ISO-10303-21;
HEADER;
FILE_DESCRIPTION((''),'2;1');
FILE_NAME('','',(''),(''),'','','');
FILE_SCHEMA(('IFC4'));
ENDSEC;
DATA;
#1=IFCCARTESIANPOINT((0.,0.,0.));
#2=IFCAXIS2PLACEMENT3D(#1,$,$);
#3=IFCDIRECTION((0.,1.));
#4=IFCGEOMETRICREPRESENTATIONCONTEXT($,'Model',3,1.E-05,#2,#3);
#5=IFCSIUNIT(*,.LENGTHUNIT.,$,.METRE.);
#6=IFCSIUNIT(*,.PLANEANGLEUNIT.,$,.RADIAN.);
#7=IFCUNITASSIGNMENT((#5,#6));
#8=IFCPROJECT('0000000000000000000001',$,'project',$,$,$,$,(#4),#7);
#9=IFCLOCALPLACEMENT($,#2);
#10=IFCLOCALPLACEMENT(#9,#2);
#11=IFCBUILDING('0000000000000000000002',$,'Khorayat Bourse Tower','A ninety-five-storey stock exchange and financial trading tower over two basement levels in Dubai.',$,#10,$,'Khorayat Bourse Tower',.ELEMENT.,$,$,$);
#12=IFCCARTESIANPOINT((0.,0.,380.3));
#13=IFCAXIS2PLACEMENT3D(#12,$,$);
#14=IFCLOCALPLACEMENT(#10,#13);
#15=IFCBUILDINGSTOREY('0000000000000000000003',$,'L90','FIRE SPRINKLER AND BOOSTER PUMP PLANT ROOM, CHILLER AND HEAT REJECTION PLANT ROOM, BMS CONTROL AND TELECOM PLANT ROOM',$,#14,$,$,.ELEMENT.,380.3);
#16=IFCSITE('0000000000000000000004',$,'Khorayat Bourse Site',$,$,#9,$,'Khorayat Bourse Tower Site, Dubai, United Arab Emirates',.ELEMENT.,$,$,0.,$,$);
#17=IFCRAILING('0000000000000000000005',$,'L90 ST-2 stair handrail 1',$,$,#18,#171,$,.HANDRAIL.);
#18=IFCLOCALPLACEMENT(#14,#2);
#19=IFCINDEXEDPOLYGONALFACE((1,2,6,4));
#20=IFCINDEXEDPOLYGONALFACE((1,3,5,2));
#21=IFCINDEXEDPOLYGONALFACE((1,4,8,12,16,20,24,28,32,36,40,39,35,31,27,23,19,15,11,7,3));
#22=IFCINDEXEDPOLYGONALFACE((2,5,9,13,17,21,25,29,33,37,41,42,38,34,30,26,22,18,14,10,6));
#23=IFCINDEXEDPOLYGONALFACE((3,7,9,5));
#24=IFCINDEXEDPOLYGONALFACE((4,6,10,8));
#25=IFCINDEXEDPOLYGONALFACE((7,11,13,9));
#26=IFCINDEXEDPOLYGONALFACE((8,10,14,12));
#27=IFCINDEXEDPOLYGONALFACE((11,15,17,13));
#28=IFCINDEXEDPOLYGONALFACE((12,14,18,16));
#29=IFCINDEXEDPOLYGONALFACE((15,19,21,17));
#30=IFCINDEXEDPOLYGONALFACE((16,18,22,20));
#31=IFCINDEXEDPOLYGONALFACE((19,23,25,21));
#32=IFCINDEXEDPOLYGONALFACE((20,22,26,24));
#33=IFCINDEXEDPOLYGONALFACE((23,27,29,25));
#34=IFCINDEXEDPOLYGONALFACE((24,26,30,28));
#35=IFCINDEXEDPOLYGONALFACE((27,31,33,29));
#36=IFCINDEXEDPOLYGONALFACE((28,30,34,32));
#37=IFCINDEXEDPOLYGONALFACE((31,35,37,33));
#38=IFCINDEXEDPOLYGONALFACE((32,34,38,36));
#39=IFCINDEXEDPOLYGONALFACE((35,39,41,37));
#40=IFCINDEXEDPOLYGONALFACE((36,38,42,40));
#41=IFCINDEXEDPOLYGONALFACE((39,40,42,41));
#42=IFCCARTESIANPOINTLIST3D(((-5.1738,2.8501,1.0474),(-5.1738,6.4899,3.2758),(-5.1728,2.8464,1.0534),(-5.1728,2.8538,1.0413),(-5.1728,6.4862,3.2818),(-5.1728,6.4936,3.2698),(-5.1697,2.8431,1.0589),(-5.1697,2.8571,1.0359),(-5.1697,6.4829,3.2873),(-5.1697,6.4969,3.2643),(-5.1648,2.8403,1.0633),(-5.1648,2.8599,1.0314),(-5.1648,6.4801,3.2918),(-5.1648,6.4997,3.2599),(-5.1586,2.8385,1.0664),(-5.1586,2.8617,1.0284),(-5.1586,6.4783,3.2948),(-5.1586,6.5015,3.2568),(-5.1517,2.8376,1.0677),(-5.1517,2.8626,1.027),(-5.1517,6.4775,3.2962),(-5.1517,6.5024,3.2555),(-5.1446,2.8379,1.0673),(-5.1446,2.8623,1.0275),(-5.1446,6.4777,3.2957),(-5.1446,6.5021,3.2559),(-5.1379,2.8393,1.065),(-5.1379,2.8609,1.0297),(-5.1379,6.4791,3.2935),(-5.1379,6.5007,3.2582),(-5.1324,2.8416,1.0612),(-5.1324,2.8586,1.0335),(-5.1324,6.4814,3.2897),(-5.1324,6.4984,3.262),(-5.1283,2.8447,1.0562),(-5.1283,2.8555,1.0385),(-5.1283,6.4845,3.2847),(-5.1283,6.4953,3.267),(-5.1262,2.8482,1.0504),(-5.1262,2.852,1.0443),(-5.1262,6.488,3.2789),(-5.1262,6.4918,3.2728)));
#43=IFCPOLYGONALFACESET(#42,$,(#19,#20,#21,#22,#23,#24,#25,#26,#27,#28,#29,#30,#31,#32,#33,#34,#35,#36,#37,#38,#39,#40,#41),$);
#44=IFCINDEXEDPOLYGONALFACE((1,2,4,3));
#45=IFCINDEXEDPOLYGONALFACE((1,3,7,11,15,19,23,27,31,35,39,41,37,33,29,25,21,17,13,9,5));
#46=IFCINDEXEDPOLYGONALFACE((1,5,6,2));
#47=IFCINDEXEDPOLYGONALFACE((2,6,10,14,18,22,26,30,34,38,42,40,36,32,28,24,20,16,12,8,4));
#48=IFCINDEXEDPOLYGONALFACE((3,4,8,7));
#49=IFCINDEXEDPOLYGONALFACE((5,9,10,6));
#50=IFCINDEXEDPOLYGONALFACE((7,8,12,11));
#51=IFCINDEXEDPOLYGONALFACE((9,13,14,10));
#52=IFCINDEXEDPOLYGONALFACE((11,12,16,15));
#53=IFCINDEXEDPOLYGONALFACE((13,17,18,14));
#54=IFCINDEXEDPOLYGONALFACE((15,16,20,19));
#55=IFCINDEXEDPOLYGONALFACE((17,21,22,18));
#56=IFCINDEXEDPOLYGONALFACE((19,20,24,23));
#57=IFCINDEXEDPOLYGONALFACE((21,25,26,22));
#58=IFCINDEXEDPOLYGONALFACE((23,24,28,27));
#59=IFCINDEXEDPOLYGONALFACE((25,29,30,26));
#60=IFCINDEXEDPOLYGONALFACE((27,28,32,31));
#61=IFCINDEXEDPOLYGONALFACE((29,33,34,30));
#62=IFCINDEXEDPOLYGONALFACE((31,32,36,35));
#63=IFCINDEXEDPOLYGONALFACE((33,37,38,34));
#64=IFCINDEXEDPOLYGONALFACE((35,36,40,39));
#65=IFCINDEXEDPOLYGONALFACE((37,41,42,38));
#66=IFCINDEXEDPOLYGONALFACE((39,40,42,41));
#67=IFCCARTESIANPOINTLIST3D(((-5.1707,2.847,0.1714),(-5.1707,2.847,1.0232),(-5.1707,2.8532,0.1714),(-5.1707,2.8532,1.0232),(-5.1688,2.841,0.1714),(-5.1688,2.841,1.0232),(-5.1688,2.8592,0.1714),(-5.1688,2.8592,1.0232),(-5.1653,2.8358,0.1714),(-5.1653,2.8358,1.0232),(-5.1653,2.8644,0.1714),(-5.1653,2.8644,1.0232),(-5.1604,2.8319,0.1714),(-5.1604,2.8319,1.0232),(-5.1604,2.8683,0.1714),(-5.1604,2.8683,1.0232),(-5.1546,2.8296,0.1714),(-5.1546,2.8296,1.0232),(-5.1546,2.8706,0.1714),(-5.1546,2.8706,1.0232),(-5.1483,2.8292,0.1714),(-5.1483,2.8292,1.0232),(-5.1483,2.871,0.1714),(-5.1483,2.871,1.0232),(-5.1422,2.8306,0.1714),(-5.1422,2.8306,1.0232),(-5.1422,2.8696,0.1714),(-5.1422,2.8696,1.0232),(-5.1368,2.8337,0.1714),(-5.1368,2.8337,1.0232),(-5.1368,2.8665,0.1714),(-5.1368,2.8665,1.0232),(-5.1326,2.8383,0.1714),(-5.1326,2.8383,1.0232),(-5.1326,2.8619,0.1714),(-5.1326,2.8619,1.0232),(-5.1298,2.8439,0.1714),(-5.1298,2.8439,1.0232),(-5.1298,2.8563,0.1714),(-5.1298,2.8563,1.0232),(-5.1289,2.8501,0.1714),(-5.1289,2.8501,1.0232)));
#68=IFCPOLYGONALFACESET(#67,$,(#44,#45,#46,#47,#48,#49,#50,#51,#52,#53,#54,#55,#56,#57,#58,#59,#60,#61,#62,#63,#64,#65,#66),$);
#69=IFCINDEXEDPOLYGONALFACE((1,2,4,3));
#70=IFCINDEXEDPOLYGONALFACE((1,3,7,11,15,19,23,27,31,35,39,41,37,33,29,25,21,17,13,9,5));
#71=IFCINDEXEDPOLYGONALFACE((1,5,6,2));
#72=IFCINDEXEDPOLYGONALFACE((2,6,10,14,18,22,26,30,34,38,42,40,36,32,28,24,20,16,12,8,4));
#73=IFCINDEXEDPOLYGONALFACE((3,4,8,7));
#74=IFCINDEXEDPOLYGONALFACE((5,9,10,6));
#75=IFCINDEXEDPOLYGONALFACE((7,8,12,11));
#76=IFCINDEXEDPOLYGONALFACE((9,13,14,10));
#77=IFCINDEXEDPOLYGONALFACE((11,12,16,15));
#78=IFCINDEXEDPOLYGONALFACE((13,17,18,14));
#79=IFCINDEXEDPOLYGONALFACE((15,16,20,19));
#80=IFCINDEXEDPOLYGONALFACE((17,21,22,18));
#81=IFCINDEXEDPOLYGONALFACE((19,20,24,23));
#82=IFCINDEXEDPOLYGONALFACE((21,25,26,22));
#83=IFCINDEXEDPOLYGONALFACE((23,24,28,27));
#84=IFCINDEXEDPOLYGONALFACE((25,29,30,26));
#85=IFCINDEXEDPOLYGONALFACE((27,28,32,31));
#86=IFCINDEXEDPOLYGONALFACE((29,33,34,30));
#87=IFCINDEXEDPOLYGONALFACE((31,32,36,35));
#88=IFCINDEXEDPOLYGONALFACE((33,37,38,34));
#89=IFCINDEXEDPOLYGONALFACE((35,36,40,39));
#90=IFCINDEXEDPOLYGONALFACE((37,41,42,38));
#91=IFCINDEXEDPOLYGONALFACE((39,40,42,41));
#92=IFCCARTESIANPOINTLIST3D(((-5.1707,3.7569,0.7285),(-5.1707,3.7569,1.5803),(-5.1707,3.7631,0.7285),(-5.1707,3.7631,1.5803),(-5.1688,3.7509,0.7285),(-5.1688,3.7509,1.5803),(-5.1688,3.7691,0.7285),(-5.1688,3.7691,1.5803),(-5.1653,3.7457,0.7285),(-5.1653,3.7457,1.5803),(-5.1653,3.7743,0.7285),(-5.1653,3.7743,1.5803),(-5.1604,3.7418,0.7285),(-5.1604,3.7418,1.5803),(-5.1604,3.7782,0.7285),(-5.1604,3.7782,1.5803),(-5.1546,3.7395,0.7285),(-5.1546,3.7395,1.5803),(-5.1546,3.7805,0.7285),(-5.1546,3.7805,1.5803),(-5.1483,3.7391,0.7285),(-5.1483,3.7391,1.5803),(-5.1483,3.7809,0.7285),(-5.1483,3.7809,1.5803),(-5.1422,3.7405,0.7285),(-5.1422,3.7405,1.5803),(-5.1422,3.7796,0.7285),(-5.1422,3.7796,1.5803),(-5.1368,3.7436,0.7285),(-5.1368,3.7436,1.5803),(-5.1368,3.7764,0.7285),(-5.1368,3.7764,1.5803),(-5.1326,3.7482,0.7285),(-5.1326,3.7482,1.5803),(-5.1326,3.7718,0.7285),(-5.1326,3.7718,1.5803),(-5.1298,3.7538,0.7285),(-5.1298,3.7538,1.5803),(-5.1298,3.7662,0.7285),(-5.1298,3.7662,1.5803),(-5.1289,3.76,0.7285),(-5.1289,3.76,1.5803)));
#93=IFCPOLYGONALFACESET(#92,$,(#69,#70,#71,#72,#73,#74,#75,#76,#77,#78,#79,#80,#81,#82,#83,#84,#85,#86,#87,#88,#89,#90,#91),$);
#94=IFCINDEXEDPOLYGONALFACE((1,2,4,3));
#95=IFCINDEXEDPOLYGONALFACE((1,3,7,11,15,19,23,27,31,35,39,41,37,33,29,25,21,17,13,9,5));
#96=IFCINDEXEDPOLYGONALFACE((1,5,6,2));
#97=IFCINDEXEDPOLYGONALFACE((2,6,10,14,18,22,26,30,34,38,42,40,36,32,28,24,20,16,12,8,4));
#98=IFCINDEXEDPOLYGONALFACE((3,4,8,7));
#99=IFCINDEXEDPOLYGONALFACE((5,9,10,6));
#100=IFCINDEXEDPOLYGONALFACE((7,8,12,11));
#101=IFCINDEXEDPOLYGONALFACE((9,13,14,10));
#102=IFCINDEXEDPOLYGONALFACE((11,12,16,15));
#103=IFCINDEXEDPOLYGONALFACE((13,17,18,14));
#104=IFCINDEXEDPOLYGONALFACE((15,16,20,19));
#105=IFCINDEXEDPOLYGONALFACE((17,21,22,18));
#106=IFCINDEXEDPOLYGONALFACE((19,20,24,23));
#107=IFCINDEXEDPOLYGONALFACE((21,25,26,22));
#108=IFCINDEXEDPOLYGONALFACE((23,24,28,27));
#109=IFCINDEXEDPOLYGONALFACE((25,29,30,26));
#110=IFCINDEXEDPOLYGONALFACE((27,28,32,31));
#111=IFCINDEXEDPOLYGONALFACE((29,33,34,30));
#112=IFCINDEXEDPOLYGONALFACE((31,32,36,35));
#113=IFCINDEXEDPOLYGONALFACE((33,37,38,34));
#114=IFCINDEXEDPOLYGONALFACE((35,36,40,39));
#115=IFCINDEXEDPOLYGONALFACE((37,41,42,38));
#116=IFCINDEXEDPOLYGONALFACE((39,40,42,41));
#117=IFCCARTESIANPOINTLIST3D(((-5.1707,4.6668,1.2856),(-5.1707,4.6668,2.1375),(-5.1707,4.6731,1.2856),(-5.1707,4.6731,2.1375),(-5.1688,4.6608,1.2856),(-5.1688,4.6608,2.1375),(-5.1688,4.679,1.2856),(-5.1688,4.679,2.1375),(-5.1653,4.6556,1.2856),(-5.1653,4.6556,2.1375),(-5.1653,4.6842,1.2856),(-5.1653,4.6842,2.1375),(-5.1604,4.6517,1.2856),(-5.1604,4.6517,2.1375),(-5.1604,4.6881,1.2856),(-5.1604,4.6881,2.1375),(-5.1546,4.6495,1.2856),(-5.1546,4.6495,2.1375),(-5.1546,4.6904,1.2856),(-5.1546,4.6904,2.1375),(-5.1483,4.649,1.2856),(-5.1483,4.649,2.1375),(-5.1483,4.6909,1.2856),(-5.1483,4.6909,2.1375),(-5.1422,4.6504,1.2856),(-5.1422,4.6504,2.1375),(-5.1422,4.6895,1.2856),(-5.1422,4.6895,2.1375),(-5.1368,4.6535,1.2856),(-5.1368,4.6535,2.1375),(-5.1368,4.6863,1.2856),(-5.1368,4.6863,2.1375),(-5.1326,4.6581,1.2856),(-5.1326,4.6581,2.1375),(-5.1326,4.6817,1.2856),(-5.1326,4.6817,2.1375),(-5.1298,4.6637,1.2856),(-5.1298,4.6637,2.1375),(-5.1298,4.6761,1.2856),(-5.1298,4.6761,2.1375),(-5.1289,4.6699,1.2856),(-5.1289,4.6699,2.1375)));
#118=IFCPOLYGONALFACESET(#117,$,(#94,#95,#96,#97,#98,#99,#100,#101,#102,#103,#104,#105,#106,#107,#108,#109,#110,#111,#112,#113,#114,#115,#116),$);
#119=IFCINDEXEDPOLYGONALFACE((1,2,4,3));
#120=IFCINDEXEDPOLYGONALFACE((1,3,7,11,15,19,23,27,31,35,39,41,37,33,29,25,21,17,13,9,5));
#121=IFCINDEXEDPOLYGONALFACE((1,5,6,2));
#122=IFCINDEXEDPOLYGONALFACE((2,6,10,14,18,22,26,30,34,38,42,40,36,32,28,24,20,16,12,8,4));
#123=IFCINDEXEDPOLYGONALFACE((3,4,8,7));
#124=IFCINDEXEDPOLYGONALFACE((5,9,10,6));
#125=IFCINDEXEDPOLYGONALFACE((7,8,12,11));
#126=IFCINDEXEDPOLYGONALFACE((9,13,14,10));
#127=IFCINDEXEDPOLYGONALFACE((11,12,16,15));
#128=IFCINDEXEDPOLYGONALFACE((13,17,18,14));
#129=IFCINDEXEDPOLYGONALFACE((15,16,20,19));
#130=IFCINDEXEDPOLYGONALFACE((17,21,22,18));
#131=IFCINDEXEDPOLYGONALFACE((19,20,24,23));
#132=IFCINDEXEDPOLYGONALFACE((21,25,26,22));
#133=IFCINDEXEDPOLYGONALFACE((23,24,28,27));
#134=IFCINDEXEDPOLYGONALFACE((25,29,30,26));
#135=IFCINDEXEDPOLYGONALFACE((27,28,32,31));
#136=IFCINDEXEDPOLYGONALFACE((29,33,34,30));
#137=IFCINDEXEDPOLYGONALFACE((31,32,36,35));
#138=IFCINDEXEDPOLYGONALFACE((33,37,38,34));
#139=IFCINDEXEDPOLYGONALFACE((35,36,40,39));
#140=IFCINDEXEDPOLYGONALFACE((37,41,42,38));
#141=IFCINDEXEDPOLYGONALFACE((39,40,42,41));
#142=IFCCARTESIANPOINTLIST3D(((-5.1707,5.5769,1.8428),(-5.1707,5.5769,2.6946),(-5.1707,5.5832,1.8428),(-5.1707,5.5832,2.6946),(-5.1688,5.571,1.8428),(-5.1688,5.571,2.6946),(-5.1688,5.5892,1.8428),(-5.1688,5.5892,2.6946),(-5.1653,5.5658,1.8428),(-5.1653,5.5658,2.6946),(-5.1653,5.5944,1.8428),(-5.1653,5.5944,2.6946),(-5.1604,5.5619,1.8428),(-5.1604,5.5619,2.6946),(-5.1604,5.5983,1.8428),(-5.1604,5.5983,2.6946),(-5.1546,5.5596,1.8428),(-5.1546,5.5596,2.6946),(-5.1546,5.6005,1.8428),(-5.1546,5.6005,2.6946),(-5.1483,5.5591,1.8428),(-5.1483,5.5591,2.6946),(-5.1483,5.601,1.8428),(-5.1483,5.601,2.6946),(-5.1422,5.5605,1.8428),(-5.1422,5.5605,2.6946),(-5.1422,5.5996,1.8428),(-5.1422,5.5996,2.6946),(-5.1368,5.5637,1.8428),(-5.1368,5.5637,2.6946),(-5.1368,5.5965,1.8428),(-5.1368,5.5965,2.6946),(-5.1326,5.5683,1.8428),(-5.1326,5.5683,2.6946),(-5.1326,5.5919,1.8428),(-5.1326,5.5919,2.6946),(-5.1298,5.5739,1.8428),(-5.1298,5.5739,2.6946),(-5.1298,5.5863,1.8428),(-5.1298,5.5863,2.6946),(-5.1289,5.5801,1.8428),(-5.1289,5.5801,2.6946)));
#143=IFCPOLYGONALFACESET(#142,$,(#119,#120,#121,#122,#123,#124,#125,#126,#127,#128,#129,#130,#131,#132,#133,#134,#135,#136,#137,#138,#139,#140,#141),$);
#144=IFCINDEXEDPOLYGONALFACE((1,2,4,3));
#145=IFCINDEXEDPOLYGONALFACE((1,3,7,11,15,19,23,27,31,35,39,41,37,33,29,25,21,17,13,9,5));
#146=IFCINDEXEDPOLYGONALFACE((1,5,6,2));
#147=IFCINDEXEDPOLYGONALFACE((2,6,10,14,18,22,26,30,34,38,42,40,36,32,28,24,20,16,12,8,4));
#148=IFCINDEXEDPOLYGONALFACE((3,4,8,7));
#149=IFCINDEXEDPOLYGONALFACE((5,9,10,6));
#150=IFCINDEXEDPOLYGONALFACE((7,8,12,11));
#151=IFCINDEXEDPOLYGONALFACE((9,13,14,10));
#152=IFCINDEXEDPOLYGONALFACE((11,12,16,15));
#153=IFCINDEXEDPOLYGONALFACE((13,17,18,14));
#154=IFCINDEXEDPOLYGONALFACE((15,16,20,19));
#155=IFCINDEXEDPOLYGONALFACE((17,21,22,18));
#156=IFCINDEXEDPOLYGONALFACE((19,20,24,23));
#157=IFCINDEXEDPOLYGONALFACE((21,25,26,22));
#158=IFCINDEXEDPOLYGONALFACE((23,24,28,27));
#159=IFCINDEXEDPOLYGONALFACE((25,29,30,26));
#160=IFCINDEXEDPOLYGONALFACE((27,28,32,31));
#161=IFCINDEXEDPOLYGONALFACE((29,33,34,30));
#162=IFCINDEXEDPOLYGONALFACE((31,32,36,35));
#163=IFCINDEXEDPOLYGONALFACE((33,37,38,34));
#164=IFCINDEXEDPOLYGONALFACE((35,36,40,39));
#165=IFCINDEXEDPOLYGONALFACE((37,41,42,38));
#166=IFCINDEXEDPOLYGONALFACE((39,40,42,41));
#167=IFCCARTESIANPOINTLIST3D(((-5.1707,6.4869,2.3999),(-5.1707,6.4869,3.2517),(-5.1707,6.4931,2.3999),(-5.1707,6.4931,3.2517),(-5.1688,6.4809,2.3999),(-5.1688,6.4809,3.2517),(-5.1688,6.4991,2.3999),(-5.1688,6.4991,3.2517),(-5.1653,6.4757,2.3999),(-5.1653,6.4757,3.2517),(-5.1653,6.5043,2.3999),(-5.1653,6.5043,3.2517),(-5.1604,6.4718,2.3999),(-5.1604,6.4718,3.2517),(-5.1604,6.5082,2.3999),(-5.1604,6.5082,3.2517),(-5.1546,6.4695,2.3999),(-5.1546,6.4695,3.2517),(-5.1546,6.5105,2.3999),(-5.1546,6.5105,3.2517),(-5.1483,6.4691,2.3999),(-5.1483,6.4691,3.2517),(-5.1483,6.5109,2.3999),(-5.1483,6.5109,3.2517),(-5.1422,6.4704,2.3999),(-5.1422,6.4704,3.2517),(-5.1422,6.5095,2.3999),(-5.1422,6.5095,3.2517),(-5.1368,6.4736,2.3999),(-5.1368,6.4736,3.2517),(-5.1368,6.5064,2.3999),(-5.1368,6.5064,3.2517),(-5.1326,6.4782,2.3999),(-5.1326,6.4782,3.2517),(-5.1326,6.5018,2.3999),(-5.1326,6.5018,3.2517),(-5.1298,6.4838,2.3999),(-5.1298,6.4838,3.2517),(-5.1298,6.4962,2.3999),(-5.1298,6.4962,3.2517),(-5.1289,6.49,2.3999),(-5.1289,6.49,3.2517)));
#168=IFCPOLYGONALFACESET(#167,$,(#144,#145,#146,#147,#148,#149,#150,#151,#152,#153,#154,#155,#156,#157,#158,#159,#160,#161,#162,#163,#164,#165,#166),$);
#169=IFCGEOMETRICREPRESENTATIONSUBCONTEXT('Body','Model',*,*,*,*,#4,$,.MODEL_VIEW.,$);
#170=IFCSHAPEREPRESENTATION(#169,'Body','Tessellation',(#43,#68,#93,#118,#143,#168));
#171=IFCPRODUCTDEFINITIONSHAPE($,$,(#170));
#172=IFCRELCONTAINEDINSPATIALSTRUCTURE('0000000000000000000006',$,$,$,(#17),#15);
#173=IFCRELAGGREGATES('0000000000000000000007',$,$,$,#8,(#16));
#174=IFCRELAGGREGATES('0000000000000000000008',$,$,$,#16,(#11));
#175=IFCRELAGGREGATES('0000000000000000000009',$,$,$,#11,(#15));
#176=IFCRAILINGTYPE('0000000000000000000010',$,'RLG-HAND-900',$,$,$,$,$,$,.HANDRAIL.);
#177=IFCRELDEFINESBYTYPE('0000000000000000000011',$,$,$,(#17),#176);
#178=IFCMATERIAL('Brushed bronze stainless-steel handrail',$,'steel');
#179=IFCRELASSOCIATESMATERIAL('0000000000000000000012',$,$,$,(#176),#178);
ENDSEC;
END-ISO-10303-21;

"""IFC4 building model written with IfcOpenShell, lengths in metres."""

from ifc_helpers import new_model, si_unit, direction, frame, origin, origin_2d, place, context, subcontext, project, spatial, circle, extrude, source, transform, mapped, material, type_object, element, save


model = new_model("IFC4")

# Units and contexts
model_context = context("Model", 3, precision=1e-05, world=origin(), true_north=direction((0.0, 1.0)))
body_context = subcontext(model_context, "Body", "Model", "MODEL_VIEW")
ifc_project = project(units=[si_unit("LENGTHUNIT", "METRE"), si_unit("PLANEANGLEUNIT", "RADIAN")], contexts=[model_context])

# Site, building, storey
site_placement = place(None, origin())
site = spatial("IfcSite", under=ifc_project, at=site_placement, Name="Khorayat Bourse Site", LongName="Khorayat Bourse Tower Site, Dubai, United Arab Emirates", CompositionType="ELEMENT", RefElevation=0.0)
building_placement = place(site_placement, origin())
building = spatial("IfcBuilding", under=site, at=building_placement, Name="Khorayat Bourse Tower", Description="A ninety-five-storey stock exchange and financial trading tower over two basement levels in Dubai.", LongName="Khorayat Bourse Tower", CompositionType="ELEMENT")
storey_placement = place(building_placement, frame((0.0, 0.0, 380.3)))
storey = spatial("IfcBuildingStorey", under=building, at=storey_placement, Name="L90", Description="FIRE SPRINKLER AND BOOSTER PUMP PLANT ROOM, CHILLER AND HEAT REJECTION PLANT ROOM, BMS CONTROL AND TELECOM PLANT ROOM", CompositionType="ELEMENT", Elevation=380.3)

# Railing
ifc_material_1 = material(Name="Brushed bronze stainless-steel handrail", Category="steel")
railing_type_1 = type_object("IfcRailingType", Name="RLG-HAND-900", PredefinedType="HANDRAIL", material=ifc_material_1)
shared_shape_1 = source(origin(), body_context, "Body", "SweptSolid", [
    extrude(circle(Radius=0.0239, at=origin_2d()), frame((0.0, 0.0, 0.876), z_axis=(0.0, 0.85285, 0.522156), x_axis=(-1.0, 0.0, 0.0)), (0.0, 0.0, 1.0), 4.2678),
    extrude(circle(Radius=0.021, at=origin_2d()), origin(), (0.0, 0.0, 1.0), 0.8518),
    extrude(circle(Radius=0.021, at=origin_2d()), frame((0.0, 0.9099, 0.5571)), (0.0, 0.0, 1.0), 0.8518),
    extrude(circle(Radius=0.021, at=origin_2d()), frame((0.0, 1.8198, 1.1143)), (0.0, 0.0, 1.0), 0.8518),
    extrude(circle(Radius=0.021, at=origin_2d()), frame((0.0, 2.73, 1.6714)), (0.0, 0.0, 1.0), 0.8518),
    extrude(circle(Radius=0.021, at=origin_2d()), frame((0.0, 3.6399, 2.2285)), (0.0, 0.0, 1.0), 0.8518),
])
railing_1_placement = place(storey_placement, frame((-5.1499, 2.8501, 0.1714)))
element("IfcRailing", 1, at=railing_1_placement, inside=storey, type_object=railing_type_1, Name="L90 ST-2 stair handrail 1", PredefinedType="HANDRAIL", context=body_context, shape_type="MappedRepresentation", body=[
    mapped(shared_shape_1, transform((0.0, 0.0, 0.0), scale=1.0)),
])

save(model, "model.ifc")
